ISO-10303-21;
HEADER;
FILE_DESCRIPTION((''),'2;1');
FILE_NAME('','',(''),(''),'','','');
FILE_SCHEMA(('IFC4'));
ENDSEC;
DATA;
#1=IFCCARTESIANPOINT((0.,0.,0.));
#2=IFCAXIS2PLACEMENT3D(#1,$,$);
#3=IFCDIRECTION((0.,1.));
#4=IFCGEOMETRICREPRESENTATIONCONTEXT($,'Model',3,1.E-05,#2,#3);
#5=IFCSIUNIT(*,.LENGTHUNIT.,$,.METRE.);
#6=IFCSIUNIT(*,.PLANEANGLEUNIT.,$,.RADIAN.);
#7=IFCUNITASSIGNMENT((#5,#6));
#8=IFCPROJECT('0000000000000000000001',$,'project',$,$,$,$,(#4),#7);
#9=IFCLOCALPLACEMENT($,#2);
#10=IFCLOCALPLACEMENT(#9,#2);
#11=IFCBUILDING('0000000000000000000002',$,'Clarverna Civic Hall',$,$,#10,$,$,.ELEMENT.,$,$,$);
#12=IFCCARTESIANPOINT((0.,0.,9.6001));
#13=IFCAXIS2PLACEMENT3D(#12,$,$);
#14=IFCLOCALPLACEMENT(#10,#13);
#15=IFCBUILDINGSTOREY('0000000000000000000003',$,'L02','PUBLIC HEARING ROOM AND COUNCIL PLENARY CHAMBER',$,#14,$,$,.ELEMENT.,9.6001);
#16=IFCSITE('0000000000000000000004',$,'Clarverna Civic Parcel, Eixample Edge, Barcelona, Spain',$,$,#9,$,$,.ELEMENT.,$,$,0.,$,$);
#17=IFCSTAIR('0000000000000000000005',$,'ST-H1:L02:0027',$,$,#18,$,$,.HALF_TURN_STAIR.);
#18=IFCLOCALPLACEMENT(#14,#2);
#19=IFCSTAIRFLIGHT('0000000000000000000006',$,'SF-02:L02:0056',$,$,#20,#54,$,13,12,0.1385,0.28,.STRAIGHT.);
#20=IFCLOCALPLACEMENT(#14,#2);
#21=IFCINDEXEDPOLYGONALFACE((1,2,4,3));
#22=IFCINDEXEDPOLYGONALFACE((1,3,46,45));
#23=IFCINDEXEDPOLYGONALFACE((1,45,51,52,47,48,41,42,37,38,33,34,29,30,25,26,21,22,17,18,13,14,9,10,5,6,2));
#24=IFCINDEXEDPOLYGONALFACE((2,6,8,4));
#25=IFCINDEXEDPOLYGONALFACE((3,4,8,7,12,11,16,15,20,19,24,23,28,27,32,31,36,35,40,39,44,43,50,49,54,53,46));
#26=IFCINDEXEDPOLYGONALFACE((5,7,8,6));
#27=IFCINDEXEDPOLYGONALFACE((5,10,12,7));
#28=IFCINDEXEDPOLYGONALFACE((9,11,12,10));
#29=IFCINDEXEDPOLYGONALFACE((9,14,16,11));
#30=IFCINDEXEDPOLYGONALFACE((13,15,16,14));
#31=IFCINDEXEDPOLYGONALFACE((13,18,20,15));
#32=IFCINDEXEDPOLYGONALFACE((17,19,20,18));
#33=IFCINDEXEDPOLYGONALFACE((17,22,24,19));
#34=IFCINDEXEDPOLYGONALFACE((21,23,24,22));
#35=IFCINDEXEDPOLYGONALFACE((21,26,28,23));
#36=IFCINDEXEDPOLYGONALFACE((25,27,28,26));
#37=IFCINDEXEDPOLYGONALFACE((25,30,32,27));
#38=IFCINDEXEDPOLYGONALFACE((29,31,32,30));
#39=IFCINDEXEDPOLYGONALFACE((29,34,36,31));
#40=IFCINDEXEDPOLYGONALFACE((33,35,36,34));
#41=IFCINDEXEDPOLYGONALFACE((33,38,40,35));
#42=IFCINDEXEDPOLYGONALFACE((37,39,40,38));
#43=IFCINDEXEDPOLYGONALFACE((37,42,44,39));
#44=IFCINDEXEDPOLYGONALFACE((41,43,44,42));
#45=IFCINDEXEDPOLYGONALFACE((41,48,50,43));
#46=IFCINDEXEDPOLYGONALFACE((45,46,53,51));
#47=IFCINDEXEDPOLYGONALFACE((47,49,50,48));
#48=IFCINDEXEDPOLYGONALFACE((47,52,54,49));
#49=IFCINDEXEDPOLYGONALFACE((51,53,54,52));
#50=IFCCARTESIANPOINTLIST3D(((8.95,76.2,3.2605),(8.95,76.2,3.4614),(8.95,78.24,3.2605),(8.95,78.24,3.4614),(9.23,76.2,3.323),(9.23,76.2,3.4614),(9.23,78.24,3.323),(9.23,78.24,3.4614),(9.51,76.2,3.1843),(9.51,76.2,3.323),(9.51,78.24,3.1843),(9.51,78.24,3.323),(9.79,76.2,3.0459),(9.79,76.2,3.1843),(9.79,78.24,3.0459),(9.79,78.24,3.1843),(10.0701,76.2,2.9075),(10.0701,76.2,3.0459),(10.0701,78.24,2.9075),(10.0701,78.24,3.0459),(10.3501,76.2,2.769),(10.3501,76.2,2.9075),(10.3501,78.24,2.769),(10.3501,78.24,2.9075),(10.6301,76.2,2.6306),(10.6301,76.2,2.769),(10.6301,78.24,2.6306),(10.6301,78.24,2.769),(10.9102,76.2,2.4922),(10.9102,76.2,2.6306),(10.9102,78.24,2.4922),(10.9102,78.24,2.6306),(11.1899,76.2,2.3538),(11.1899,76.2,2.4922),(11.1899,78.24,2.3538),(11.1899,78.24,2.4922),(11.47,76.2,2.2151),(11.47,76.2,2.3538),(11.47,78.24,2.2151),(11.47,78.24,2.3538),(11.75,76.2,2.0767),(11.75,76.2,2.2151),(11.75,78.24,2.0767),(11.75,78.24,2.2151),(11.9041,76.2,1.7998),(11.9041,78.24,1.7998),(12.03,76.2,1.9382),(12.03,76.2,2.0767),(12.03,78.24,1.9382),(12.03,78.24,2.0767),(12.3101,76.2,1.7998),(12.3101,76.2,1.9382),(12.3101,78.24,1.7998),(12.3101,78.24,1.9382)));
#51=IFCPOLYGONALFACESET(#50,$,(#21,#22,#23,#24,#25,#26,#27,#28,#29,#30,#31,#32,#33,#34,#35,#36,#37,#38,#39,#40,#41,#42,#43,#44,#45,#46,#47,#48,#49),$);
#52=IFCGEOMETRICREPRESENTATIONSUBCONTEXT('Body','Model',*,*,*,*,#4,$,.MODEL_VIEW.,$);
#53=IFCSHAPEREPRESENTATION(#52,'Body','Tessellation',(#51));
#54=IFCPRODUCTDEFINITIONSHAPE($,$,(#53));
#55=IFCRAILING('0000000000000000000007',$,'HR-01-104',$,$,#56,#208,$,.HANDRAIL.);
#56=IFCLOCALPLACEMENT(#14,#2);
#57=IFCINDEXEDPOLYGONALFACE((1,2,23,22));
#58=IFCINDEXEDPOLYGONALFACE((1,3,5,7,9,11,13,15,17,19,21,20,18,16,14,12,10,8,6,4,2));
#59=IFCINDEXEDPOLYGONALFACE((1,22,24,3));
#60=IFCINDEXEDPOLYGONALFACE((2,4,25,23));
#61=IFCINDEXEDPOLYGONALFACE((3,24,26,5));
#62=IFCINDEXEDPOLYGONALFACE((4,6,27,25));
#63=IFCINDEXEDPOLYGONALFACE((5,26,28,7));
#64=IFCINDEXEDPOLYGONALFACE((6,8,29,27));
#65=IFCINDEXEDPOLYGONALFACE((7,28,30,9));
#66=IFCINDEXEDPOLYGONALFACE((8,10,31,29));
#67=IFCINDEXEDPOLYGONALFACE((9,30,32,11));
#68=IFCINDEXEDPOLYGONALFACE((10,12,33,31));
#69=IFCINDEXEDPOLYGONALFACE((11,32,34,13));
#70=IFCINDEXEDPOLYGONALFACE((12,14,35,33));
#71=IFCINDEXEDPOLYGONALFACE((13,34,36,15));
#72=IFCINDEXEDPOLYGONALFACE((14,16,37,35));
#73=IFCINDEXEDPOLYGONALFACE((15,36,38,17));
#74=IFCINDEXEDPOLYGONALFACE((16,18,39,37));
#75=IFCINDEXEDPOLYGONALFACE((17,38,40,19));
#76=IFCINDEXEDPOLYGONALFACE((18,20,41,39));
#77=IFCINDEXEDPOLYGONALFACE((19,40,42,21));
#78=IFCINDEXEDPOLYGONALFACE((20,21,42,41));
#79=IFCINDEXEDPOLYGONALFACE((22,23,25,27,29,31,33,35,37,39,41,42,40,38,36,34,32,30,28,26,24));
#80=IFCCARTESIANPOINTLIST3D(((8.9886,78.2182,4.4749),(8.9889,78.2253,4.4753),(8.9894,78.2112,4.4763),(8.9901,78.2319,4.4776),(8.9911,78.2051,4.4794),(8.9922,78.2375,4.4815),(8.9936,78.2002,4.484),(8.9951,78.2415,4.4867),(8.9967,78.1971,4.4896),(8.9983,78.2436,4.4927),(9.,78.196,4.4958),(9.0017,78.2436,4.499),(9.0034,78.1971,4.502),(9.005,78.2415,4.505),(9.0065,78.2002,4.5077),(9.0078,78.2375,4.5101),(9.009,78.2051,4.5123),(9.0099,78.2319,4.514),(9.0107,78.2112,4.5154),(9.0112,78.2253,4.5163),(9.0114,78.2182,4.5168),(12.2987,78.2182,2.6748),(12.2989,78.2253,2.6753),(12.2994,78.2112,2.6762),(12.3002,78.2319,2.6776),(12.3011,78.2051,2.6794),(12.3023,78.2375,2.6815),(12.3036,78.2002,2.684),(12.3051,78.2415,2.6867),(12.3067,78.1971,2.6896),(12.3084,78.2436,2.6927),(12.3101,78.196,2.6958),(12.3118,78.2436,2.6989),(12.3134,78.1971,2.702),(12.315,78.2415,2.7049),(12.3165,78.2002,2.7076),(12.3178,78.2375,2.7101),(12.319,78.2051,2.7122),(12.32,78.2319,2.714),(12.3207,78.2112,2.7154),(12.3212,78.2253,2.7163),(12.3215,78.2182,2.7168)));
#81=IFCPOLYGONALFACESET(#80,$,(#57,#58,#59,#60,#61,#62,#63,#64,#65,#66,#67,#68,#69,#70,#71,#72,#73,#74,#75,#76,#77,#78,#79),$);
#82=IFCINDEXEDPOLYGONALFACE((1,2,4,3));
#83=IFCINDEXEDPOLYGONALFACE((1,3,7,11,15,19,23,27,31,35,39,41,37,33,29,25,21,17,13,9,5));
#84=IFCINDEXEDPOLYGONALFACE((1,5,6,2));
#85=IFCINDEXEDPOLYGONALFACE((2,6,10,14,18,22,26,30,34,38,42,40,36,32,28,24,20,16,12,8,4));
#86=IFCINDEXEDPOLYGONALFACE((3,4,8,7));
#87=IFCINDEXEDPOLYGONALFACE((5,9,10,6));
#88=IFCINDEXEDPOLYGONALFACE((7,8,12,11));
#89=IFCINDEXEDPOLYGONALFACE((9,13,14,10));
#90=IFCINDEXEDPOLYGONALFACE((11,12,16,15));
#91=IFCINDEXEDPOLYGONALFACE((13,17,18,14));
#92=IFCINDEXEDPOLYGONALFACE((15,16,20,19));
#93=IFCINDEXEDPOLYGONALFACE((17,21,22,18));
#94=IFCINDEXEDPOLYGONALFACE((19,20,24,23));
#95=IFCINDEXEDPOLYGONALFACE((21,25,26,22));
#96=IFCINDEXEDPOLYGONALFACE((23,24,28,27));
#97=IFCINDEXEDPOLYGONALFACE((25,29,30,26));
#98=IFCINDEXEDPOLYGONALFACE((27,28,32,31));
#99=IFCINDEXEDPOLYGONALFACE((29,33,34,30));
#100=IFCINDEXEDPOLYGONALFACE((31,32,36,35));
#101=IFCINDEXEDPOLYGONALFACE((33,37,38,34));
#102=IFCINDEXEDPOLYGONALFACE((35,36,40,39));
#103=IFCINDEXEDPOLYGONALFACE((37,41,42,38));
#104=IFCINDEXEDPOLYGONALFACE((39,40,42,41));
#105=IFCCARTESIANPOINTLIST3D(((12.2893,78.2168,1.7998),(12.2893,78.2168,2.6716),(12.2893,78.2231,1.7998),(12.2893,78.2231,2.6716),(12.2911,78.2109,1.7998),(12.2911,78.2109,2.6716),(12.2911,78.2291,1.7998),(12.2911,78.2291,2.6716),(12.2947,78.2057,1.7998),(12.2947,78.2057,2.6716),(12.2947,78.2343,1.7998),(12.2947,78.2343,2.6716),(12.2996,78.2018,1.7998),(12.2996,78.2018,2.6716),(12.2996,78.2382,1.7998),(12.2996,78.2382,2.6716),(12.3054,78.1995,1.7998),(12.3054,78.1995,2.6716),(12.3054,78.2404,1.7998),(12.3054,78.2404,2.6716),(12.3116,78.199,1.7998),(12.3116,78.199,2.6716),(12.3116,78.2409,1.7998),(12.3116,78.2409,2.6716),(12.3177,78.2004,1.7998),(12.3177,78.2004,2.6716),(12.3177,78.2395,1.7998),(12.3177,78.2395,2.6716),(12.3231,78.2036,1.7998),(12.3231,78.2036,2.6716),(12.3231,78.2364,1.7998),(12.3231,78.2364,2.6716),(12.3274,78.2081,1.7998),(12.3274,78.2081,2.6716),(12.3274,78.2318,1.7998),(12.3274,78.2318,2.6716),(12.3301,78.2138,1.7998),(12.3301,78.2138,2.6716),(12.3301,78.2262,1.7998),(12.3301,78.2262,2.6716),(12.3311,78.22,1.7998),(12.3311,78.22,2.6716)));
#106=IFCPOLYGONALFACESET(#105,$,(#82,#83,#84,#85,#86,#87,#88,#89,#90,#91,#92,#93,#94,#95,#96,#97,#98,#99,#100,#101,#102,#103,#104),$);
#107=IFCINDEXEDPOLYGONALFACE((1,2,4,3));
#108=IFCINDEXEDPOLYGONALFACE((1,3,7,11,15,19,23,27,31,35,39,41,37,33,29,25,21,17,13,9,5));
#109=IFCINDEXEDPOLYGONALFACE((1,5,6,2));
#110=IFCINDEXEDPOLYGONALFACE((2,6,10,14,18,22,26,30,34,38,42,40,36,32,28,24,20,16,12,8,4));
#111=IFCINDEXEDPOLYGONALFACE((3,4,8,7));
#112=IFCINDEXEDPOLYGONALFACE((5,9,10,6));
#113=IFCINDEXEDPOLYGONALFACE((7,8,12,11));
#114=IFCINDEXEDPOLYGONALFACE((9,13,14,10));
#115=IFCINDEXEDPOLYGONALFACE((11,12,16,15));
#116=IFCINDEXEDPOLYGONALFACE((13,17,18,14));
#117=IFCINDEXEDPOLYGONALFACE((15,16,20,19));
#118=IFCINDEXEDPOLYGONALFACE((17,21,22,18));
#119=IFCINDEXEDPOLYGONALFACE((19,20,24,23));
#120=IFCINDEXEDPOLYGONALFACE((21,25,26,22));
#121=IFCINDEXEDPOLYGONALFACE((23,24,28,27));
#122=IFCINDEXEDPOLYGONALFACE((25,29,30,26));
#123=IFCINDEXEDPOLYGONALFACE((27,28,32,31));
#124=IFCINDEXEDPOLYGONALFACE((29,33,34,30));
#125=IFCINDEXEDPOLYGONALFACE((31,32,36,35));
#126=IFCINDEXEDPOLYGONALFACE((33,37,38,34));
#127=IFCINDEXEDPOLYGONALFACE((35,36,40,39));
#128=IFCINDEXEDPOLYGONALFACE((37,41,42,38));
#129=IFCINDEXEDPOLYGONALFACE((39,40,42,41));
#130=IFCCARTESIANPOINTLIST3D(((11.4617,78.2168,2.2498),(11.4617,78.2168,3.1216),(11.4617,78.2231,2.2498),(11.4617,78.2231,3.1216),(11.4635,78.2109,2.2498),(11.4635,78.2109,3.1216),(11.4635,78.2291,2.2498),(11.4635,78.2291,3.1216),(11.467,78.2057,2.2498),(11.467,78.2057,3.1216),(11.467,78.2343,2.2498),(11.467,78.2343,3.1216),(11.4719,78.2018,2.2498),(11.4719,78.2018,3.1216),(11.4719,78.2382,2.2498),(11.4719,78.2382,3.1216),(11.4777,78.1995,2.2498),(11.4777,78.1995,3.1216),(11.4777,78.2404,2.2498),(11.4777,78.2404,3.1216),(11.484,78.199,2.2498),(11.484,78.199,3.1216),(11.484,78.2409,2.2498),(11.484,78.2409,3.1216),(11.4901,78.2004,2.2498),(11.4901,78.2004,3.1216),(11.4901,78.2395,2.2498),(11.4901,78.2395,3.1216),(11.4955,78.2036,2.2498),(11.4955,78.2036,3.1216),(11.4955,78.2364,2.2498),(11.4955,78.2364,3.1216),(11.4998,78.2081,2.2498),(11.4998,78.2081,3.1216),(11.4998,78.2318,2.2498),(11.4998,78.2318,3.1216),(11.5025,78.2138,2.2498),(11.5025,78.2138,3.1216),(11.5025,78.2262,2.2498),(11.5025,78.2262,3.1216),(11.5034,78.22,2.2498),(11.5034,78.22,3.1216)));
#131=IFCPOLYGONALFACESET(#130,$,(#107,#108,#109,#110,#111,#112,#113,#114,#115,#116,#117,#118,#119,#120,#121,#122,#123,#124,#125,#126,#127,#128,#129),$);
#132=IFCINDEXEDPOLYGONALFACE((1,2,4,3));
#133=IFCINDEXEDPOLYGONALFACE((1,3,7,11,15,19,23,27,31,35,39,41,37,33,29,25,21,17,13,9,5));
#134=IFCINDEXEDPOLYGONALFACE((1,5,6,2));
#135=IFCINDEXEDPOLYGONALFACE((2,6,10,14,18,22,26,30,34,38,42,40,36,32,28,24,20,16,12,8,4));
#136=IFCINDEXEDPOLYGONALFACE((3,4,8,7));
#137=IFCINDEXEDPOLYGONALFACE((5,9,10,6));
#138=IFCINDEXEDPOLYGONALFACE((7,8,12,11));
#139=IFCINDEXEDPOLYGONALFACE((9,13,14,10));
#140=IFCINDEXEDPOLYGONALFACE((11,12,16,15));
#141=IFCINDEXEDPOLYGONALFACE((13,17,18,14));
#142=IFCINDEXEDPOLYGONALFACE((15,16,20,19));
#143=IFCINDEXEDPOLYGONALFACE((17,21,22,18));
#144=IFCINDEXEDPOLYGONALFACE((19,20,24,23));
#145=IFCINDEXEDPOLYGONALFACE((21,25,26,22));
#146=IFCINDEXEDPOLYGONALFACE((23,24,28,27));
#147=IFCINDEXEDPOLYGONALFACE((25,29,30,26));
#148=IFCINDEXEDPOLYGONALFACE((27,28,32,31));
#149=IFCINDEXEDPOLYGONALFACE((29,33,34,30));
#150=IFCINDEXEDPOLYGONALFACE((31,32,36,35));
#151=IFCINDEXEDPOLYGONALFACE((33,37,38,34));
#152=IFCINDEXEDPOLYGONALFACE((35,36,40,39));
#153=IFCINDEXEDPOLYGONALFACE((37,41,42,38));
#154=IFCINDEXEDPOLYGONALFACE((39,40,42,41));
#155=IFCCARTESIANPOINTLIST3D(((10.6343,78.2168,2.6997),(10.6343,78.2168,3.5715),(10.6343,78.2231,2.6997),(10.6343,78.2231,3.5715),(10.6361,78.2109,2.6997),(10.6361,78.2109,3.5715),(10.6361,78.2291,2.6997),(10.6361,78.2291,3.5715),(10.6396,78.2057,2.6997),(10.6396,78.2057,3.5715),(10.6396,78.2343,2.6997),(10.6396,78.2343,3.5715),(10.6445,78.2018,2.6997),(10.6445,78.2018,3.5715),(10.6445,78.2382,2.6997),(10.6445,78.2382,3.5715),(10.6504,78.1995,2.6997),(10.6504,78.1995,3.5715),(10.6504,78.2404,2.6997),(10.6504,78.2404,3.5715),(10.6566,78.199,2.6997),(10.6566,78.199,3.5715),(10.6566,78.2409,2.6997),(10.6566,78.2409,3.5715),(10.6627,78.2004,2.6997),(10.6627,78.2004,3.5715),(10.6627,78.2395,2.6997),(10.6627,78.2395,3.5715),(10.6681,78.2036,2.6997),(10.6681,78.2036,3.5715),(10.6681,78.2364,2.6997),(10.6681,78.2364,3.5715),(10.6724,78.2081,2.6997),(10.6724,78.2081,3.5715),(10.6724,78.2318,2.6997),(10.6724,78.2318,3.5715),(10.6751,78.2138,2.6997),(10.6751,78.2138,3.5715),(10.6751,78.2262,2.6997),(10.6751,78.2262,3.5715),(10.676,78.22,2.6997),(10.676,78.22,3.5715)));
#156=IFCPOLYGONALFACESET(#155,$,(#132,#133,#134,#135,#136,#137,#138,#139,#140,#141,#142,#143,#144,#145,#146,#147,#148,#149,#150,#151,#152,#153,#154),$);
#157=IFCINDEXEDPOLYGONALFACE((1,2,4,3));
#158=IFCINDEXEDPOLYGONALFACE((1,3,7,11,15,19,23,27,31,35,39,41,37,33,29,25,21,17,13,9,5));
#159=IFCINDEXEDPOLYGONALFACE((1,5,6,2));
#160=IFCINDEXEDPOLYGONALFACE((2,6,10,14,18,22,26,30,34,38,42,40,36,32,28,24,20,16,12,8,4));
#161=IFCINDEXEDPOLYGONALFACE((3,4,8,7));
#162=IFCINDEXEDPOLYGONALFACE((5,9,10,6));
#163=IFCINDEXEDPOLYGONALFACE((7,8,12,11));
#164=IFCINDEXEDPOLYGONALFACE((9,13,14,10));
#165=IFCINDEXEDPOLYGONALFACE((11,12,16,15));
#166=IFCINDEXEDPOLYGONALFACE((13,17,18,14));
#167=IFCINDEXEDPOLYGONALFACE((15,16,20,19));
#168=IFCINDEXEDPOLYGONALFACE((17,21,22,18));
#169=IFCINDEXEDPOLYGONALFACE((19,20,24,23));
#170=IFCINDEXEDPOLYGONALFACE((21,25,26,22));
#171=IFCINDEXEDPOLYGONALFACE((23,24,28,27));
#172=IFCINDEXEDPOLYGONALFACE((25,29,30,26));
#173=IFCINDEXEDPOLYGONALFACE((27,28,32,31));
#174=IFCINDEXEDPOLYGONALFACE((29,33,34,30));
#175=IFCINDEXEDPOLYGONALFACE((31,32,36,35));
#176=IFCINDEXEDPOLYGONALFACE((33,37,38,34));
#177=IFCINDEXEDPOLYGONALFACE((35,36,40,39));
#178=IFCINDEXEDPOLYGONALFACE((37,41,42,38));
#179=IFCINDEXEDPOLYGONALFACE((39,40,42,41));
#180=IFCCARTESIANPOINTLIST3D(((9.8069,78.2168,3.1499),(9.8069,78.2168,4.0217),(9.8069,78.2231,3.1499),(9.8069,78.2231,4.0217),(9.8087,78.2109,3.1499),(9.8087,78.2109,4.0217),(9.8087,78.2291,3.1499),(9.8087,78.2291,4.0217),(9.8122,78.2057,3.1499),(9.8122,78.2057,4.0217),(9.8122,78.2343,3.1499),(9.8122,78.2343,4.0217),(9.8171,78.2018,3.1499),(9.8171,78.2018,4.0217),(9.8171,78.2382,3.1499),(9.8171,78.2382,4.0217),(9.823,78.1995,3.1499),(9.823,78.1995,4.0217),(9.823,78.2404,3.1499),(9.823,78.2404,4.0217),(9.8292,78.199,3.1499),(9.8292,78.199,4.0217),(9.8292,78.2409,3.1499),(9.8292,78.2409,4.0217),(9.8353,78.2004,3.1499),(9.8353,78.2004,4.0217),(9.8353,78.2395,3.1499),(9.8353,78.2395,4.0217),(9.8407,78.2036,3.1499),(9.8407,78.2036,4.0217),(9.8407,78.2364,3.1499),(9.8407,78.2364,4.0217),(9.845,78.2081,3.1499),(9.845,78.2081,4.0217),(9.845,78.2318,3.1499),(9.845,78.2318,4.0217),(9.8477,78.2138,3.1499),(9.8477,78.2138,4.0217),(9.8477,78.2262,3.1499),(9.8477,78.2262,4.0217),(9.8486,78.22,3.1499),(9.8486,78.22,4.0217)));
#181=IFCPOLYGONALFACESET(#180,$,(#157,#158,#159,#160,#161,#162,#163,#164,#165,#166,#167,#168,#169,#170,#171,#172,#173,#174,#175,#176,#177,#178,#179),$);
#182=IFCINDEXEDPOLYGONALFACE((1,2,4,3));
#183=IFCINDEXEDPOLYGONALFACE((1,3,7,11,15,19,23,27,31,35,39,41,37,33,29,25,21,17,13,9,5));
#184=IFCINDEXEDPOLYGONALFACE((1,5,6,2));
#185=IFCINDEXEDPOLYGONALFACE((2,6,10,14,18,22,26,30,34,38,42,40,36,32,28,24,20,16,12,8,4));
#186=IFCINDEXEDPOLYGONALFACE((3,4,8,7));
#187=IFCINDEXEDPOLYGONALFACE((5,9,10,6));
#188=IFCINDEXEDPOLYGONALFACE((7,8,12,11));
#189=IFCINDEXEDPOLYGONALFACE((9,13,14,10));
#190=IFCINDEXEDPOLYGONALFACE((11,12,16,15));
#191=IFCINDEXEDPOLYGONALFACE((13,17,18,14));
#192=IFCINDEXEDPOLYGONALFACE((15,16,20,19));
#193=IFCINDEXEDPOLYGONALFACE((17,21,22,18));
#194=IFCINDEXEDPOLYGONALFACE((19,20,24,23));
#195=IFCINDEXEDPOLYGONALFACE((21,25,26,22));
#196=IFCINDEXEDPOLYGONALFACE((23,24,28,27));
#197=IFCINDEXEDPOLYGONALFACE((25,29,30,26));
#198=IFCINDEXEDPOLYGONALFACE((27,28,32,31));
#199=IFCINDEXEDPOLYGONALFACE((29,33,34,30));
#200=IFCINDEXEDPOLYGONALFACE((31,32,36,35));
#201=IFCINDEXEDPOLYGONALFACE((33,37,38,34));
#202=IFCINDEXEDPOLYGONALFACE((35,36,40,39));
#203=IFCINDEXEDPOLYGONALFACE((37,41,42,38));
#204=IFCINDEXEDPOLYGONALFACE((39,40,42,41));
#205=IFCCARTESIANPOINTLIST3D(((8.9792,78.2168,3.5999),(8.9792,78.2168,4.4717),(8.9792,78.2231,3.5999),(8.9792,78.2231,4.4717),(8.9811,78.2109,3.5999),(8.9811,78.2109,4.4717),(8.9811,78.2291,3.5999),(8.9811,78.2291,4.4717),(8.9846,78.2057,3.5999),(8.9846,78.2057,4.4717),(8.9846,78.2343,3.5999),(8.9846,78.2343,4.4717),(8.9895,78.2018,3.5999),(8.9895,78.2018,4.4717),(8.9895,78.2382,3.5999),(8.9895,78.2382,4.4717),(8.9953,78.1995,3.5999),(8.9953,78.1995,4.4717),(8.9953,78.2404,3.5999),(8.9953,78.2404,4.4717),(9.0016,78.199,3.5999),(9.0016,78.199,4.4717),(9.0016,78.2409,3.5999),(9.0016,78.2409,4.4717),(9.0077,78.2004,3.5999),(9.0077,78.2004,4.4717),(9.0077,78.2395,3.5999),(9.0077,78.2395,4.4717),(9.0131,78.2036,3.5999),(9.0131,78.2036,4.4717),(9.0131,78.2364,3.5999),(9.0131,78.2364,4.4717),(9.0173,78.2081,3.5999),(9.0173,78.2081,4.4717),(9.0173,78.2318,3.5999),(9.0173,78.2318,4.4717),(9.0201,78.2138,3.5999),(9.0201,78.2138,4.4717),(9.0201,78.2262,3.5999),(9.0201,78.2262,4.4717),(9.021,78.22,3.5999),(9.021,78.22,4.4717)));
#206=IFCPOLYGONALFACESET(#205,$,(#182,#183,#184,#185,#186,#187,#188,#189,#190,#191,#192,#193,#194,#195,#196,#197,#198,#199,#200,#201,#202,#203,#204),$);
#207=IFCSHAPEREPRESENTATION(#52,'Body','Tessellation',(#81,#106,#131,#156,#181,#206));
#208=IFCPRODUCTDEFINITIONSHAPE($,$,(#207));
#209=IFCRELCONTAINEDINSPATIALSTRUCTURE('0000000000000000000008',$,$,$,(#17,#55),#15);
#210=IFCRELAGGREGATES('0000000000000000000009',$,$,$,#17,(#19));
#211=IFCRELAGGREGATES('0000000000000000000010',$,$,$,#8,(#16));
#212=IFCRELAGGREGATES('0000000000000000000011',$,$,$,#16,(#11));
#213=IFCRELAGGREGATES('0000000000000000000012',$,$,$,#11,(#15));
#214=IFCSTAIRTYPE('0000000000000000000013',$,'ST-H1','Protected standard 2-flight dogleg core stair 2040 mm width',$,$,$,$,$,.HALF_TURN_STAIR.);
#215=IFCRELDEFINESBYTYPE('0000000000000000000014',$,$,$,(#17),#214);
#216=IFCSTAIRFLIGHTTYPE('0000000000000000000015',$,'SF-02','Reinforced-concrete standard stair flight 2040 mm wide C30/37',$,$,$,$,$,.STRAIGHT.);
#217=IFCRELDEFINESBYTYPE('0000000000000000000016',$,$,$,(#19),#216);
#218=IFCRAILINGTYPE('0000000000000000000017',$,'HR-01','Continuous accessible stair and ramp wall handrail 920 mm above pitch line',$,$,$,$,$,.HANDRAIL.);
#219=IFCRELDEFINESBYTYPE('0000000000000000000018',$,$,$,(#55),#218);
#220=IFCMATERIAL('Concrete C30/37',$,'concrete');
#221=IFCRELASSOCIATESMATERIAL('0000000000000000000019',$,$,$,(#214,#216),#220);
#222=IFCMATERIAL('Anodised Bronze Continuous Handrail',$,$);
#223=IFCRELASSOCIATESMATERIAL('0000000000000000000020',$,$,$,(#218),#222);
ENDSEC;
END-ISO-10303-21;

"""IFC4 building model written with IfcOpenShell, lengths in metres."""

from ifc_helpers import new_model, si_unit, direction, frame, origin, origin_2d, place, context, subcontext, project, spatial, polyline, circle, outline, extrude, material, type_object, element, aggregate, save


model = new_model("IFC4")

# Units and contexts
model_context = context("Model", 3, precision=1e-05, world=origin(), true_north=direction((0.0, 1.0)))
body_context = subcontext(model_context, "Body", "Model", "MODEL_VIEW")
ifc_project = project(units=[si_unit("LENGTHUNIT", "METRE"), si_unit("PLANEANGLEUNIT", "RADIAN")], contexts=[model_context])

# Site, building, storey
site_placement = place(None, origin())
site = spatial("IfcSite", under=ifc_project, at=site_placement, Name="Clarverna Civic Parcel, Eixample Edge, Barcelona, Spain", CompositionType="ELEMENT", RefElevation=0.0)
building_placement = place(site_placement, origin())
building = spatial("IfcBuilding", under=site, at=building_placement, Name="Clarverna Civic Hall", CompositionType="ELEMENT")
storey_placement = place(building_placement, frame((0.0, 0.0, 9.6001)))
storey = spatial("IfcBuildingStorey", under=building, at=storey_placement, Name="L02", Description="PUBLIC HEARING ROOM AND COUNCIL PLENARY CHAMBER", CompositionType="ELEMENT", Elevation=9.6001)

# Stair, stair flight
ifc_material_1 = material(Name="Concrete C30/37", Category="concrete")
stair_type = type_object("IfcStairType", Name="ST-H1", Description="Protected standard 2-flight dogleg core stair 2040 mm width", PredefinedType="HALF_TURN_STAIR", material=ifc_material_1)
stair_placement = place(storey_placement, origin())
stair = element("IfcStair", 1, at=stair_placement, inside=storey, type_object=stair_type, Name="ST-H1:L02:0027", PredefinedType="HALF_TURN_STAIR")
stair_flight_type = type_object("IfcStairFlightType", Name="SF-02", Description="Reinforced-concrete standard stair flight 2040 mm wide C30/37", PredefinedType="STRAIGHT", material=ifc_material_1)
stair_flight_placement = place(storey_placement, frame((12.3101, 77.22, 1.7998), z_axis=(0.0, 0.0, 1.0), x_axis=(-1.0, 0.0, 0.0)))
stair_flight = element("IfcStairFlight", 2, at=stair_flight_placement, type_object=stair_flight_type, Name="SF-02:L02:0056", NumberOfRisers=13, NumberOfTreads=12, PredefinedType="STRAIGHT", RiserHeight=0.1385, TreadLength=0.28, context=body_context, shape_type="SweptSolid", body=[
    extrude(outline(polyline([(0.0, 0.0), (0.0, 0.1384), (0.28, 0.1384), (0.28, 0.2769), (0.5601, 0.2769), (0.5601, 0.4153), (0.8401, 0.4153), (0.8401, 0.554), (1.1201, 0.554), (1.1201, 0.6924), (1.3999, 0.6924), (1.3999, 0.8308), (1.6799, 0.8308), (1.6799, 0.9692), (1.96, 0.9692), (1.96, 1.1077), (2.24, 1.1077), (2.24, 1.2461), (2.52, 1.2461), (2.52, 1.3845), (2.8, 1.3845), (2.8, 1.5232), (3.0801, 1.5232), (3.0801, 1.6616), (3.3601, 1.6616), (3.3601, 1.8), (3.3601, 1.4607), (0.406, 0.0), (0.0, 0.0)])), frame((0.0, 1.02, 0.0), z_axis=(0.0, -1.0, 0.0), x_axis=(1.0, 0.0, 0.0)), (0.0, 0.0, 1.0), 2.04),
])
aggregate(stair, [stair_flight])

# Railing
ifc_material_2 = material(Name="Anodised Bronze Continuous Handrail")
railing_type_1 = type_object("IfcRailingType", Name="HR-01", Description="Continuous accessible stair and ramp wall handrail 920 mm above pitch line", PredefinedType="HANDRAIL", material=ifc_material_2)
railing_1_placement = place(storey_placement, frame((12.3101, 78.22, 1.7998)))
element("IfcRailing", 3, at=railing_1_placement, inside=storey, type_object=railing_type_1, Name="HR-01-104", PredefinedType="HANDRAIL", context=body_context, shape_type="SweptSolid", body=[
    extrude(circle(Radius=0.0239, at=origin_2d()), frame((0.0, 0.0, 0.896), z_axis=(-0.878502, 0.0, 0.477739), x_axis=(0.0, -1.0, 0.0)), (0.0, 0.0, 1.0), 3.7678),
    extrude(circle(Radius=0.021, at=origin_2d()), origin(), (0.0, 0.0, 1.0), 0.8718),
    extrude(circle(Radius=0.021, at=origin_2d()), frame((-0.8276, 0.0, 0.45)), (0.0, 0.0, 1.0), 0.8718),
    extrude(circle(Radius=0.021, at=origin_2d()), frame((-1.655, 0.0, 0.8999)), (0.0, 0.0, 1.0), 0.8718),
    extrude(circle(Radius=0.021, at=origin_2d()), frame((-2.4824, 0.0, 1.3501)), (0.0, 0.0, 1.0), 0.8718),
    extrude(circle(Radius=0.021, at=origin_2d()), frame((-3.3101, 0.0, 1.8)), (0.0, 0.0, 1.0), 0.8718),
])

save(model, "model.ifc")
